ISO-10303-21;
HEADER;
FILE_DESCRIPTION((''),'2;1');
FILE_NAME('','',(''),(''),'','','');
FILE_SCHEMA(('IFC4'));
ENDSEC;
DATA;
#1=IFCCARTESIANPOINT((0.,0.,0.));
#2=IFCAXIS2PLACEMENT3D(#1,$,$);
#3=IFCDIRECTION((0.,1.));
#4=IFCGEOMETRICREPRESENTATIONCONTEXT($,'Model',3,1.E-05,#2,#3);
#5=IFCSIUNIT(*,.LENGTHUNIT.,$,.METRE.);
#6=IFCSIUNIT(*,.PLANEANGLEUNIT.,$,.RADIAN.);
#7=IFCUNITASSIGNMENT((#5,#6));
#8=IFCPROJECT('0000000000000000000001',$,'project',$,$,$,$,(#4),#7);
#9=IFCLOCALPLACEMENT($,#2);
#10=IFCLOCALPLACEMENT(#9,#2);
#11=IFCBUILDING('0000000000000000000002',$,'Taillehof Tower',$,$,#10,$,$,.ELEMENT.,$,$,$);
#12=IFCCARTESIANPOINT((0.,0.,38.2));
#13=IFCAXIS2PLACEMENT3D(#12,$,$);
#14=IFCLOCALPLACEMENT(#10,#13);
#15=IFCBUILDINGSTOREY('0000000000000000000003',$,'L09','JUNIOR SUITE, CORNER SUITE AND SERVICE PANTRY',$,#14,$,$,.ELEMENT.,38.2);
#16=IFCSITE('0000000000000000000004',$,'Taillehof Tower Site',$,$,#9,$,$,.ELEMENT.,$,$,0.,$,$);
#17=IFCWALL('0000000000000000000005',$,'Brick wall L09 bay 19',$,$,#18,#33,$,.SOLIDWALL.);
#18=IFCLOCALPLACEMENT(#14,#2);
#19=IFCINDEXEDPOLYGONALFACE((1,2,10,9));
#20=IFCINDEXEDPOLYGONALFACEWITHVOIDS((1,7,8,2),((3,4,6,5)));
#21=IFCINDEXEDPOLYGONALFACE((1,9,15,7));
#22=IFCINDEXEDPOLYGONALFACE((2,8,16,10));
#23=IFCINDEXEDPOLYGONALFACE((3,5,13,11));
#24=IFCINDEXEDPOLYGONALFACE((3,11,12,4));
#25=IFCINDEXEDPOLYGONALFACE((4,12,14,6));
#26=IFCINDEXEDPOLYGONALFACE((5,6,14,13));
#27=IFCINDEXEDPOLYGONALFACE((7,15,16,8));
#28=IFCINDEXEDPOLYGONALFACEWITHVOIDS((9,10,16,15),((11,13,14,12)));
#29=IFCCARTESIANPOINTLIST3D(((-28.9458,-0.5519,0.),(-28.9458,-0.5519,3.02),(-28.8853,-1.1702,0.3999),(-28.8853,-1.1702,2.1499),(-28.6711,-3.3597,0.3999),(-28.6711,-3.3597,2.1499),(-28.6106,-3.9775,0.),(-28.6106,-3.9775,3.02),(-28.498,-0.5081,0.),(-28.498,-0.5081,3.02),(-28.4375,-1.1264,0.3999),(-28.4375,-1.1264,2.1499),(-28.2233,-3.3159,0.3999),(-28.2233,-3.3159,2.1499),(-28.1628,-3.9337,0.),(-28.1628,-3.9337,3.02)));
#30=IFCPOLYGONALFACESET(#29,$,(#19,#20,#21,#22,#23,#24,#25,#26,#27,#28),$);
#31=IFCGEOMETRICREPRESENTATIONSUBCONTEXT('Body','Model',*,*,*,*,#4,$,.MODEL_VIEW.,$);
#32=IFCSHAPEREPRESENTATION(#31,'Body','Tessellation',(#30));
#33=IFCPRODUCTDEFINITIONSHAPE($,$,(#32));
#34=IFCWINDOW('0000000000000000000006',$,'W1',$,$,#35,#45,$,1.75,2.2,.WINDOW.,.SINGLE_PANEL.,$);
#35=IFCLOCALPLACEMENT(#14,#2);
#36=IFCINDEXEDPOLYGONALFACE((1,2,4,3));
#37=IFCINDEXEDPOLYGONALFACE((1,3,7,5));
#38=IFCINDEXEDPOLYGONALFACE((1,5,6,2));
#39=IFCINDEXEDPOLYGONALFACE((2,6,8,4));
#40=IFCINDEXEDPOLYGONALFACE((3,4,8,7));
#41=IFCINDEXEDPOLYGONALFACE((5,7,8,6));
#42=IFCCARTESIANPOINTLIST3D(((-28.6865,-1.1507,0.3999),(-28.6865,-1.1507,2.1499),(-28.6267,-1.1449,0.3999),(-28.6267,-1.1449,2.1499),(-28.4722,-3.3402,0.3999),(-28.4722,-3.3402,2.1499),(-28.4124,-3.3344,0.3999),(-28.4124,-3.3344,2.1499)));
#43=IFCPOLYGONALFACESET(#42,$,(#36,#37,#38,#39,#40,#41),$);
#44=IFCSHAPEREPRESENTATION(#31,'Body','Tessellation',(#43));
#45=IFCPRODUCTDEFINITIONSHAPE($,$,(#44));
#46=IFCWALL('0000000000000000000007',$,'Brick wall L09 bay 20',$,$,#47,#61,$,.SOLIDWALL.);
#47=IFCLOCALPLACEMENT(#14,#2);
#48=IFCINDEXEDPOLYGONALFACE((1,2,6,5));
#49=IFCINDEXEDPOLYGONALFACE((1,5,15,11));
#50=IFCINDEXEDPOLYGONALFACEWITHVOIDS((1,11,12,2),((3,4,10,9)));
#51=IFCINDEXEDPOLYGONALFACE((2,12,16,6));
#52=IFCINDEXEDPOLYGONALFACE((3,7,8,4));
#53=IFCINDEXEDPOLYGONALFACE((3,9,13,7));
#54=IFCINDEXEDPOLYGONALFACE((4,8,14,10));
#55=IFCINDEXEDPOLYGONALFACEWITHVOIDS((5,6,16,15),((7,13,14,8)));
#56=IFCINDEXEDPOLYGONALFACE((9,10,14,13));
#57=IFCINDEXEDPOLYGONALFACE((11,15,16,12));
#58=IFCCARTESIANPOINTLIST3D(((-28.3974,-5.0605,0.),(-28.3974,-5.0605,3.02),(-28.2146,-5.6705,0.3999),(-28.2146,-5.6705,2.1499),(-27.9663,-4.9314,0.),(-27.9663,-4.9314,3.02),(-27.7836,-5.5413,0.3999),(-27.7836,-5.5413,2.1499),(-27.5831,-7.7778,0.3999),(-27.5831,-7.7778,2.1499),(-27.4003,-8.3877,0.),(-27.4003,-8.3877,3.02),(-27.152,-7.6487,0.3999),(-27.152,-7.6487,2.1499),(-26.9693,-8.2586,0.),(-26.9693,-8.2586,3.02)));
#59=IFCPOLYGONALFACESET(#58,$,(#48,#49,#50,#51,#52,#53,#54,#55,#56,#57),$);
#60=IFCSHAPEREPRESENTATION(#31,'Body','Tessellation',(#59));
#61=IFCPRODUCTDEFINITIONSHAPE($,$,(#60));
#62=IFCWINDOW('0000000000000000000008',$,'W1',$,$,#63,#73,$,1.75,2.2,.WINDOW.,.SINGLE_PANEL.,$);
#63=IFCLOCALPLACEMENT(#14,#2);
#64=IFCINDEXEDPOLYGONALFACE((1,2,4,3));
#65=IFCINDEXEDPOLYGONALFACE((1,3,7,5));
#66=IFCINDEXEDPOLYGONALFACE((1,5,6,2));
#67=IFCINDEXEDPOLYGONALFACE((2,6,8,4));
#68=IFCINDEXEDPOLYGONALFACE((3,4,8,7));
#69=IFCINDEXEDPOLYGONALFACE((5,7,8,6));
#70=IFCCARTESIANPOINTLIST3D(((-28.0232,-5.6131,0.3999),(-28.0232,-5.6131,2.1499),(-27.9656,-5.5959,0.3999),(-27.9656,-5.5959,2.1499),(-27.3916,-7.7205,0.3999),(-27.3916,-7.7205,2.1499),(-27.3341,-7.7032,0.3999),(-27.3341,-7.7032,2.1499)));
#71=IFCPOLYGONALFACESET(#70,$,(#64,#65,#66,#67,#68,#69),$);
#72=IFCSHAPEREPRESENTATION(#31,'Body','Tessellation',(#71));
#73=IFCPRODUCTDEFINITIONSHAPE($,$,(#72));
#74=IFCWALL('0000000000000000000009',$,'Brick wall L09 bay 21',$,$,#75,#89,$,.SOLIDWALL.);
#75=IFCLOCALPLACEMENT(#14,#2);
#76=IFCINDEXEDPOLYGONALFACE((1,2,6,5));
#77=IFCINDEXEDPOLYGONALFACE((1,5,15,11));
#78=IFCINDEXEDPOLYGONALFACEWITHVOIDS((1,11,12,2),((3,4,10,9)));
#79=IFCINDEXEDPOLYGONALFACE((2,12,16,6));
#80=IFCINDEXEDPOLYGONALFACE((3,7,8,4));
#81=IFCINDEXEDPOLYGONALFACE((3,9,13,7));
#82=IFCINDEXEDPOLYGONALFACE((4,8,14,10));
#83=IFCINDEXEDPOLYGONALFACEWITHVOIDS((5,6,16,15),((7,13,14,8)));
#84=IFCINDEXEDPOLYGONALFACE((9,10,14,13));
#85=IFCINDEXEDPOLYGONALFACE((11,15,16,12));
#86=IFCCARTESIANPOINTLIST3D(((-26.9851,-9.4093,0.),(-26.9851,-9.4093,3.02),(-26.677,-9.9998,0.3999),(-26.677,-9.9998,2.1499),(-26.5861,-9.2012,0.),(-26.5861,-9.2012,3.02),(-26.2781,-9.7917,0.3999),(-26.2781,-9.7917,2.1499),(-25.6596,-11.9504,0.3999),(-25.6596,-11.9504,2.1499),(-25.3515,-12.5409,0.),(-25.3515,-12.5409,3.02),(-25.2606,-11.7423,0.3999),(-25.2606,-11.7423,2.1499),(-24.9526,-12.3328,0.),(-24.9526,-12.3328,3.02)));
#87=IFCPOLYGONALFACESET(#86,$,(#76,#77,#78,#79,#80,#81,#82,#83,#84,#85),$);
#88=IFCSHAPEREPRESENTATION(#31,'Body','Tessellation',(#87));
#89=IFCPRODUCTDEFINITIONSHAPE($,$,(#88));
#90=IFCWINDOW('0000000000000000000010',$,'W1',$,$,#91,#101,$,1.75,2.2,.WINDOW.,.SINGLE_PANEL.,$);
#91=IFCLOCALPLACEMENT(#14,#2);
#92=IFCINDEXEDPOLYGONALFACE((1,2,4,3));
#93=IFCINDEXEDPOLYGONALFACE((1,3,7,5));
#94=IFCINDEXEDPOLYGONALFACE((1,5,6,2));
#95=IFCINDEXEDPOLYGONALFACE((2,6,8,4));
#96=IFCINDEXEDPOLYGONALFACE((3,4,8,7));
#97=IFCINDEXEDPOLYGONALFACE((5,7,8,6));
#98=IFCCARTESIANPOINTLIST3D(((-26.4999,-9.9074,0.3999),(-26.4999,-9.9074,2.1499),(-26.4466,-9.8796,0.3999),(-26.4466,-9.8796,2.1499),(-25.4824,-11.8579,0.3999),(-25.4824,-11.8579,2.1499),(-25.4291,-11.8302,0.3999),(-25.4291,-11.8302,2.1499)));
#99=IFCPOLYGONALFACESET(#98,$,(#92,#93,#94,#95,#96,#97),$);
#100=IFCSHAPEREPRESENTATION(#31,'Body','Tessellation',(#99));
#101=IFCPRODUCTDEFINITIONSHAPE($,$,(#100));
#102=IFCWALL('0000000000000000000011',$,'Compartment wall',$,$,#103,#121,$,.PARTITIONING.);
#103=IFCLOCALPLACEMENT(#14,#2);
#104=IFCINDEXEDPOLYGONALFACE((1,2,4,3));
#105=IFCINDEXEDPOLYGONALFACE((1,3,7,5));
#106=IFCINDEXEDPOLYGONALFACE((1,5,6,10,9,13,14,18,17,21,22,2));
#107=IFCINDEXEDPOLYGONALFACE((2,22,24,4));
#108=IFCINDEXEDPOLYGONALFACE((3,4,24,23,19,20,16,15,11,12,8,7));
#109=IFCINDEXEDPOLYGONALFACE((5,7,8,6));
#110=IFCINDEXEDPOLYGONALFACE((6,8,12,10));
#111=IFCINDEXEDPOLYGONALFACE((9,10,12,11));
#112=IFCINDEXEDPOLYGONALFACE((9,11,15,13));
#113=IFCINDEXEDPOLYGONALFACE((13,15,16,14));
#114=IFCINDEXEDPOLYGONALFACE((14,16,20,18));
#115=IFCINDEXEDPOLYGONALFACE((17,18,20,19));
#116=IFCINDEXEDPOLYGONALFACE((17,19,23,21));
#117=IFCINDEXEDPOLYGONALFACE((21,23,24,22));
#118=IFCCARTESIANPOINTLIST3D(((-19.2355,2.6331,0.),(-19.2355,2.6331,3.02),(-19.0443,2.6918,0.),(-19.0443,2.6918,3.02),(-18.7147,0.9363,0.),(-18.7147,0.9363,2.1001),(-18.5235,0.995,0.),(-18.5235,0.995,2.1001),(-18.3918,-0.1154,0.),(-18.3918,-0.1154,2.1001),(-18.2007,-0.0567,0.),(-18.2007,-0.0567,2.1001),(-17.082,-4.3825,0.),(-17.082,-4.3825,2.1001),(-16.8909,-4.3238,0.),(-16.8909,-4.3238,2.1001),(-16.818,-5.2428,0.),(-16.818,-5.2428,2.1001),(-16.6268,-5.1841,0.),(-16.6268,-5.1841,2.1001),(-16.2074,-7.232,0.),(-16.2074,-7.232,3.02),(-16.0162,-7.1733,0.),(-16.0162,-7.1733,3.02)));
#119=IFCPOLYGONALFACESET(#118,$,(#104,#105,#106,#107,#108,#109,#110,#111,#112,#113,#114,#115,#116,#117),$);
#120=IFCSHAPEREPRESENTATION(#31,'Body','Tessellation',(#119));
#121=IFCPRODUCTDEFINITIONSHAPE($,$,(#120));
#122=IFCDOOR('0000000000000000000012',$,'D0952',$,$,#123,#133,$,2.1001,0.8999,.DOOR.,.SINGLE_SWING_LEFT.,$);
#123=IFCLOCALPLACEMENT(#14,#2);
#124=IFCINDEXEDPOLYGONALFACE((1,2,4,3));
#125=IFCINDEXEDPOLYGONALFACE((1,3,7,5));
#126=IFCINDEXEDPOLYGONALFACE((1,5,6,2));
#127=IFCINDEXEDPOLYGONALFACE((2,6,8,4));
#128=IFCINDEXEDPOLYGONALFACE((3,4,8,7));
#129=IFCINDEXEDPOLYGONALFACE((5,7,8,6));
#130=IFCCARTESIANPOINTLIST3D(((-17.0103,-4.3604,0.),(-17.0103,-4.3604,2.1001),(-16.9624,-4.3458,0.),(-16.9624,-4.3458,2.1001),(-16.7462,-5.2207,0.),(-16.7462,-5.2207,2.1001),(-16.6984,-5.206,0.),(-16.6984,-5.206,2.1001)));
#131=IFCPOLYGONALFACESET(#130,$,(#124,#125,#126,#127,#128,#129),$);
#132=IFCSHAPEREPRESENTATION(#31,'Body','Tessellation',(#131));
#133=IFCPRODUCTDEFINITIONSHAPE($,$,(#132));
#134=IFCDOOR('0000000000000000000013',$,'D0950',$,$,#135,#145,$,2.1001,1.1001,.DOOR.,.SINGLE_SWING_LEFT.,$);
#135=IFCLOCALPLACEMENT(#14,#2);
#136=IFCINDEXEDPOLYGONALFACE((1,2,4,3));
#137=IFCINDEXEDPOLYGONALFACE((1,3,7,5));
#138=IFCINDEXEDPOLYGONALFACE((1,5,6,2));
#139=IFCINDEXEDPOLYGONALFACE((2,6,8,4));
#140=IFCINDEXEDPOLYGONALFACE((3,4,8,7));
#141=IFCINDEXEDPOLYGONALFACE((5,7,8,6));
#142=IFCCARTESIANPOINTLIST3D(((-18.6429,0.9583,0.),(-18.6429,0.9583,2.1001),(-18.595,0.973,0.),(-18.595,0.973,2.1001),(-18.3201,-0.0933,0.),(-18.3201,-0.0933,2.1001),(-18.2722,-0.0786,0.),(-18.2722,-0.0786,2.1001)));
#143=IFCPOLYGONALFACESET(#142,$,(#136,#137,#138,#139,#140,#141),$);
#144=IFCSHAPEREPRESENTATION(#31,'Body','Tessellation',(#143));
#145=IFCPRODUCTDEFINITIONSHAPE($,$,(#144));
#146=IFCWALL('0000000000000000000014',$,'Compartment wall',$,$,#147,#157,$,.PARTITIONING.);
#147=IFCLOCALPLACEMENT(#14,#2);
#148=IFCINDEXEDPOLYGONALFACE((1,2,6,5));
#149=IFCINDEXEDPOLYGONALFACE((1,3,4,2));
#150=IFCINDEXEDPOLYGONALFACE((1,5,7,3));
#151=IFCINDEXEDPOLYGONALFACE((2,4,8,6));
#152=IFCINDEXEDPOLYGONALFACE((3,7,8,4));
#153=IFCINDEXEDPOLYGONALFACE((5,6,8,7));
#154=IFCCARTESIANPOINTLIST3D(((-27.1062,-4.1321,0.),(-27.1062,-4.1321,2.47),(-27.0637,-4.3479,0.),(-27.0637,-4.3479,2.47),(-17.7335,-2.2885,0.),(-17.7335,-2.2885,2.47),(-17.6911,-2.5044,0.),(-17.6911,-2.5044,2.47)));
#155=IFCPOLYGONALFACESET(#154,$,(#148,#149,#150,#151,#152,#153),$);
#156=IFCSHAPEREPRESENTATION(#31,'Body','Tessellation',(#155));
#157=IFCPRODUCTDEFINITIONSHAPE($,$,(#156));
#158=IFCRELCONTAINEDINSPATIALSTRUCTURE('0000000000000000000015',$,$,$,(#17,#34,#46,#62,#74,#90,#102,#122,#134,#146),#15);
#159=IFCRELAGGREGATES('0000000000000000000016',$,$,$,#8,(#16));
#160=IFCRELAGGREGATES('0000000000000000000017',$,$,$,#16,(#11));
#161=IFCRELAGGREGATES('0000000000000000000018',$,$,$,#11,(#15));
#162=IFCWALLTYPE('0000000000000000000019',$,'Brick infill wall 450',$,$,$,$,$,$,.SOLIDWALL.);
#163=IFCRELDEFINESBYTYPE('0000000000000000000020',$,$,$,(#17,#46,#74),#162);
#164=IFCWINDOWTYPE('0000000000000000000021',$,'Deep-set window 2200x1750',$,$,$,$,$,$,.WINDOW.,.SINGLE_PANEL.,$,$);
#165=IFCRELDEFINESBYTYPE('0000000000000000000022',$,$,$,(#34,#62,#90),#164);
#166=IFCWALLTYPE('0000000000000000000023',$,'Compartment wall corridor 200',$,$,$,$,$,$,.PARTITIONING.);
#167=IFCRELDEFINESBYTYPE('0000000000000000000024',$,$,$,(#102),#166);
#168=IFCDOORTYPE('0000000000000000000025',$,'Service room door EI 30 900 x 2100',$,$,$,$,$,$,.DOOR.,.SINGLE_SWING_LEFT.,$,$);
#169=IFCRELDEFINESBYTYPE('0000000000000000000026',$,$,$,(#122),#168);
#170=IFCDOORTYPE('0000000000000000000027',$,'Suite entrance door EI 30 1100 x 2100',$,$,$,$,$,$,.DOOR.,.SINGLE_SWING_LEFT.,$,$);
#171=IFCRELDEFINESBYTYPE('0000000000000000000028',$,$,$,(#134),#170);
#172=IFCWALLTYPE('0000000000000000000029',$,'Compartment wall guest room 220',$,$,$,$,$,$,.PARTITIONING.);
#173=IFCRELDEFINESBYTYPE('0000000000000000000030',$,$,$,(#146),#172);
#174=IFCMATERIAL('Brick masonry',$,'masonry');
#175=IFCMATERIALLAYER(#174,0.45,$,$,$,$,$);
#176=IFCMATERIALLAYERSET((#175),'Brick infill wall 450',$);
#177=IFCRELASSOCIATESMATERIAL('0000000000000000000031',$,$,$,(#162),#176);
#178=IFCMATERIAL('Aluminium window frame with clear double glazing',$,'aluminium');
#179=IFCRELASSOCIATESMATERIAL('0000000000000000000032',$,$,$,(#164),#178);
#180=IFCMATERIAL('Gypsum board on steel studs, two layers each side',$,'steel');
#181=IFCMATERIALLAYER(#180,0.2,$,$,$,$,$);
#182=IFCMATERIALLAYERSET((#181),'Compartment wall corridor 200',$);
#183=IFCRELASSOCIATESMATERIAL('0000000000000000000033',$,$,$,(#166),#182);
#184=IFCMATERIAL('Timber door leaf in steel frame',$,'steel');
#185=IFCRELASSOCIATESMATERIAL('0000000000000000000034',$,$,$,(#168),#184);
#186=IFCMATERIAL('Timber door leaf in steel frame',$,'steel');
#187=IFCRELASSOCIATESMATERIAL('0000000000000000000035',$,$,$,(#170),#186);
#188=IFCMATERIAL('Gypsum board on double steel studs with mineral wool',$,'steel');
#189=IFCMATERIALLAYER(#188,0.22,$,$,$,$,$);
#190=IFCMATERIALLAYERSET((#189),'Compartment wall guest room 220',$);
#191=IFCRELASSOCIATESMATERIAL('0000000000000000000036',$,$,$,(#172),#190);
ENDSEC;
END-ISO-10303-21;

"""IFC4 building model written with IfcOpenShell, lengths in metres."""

from ifc_helpers import new_model, si_unit, direction, frame, frame_2d, origin, place, context, subcontext, project, spatial, rectangle, extrude, material, layer, layer_set, type_object, element, fill, save


model = new_model("IFC4")

# Units and contexts
model_context = context("Model", 3, precision=1e-05, world=origin(), true_north=direction((0.0, 1.0)))
body_context = subcontext(model_context, "Body", "Model", "MODEL_VIEW")
ifc_project = project(units=[si_unit("LENGTHUNIT", "METRE"), si_unit("PLANEANGLEUNIT", "RADIAN")], contexts=[model_context])

# Site, building, storey
site_placement = place(None, origin())
site = spatial("IfcSite", under=ifc_project, at=site_placement, Name="Taillehof Tower Site", CompositionType="ELEMENT", RefElevation=0.0)
building_placement = place(site_placement, origin())
building = spatial("IfcBuilding", under=site, at=building_placement, Name="Taillehof Tower", CompositionType="ELEMENT")
storey_placement = place(building_placement, frame((0.0, 0.0, 38.2)))
storey = spatial("IfcBuildingStorey", under=building, at=storey_placement, Name="L09", Description="JUNIOR SUITE, CORNER SUITE AND SERVICE PANTRY", CompositionType="ELEMENT", Elevation=38.2)

# Walls, openings, windows
ifc_material_1 = material(Name="Brick masonry", Category="masonry")
ifc_layer_1 = layer(ifc_material_1, 0.45)
ifc_layer_set_1 = layer_set([ifc_layer_1], Name="Brick infill wall 450")
wall_type_1 = type_object("IfcWallType", Name="Brick infill wall 450", PredefinedType="SOLIDWALL", material=ifc_layer_set_1)
wall_1_placement = place(storey_placement, frame((-28.7219, -0.53, 0.0), z_axis=(0.0, 0.0, 1.0), x_axis=(0.09739, -0.995246, 0.0)))
wall_1 = element("IfcWall", 1, at=wall_1_placement, inside=storey, type_object=wall_type_1, Name="Brick wall L09 bay 19", PredefinedType="SOLIDWALL", context=body_context, shape_type="SweptSolid", body=[
    extrude(rectangle(XDim=3.4419, YDim=0.45, at=frame_2d((1.7209, 0.0))), origin(), (0.0, 0.0, 1.0), 3.02),
])
opening_1_placement = place(wall_1_placement, frame((0.6211, 0.0, 0.3999)))
opening_1 = element("IfcOpeningElement", 2, at=opening_1_placement, cuts=wall_1, PredefinedType="OPENING", context=body_context, shape_type="SweptSolid", body=[
    extrude(rectangle(XDim=2.2, YDim=1.75, at=frame_2d((1.1001, 0.875))), frame((0.0, 0.2349, 0.0), z_axis=(0.0, -1.0, 0.0), x_axis=(1.0, 0.0, 0.0)), (0.0, 0.0, 1.0), 0.47),
])
ifc_material_2 = material(Name="Aluminium window frame with clear double glazing", Category="aluminium")
window_type = type_object("IfcWindowType", Name="Deep-set window 2200x1750", PartitioningType="SINGLE_PANEL", PredefinedType="WINDOW", material=ifc_material_2)
window_1_placement = place(opening_1_placement, origin())
window_1 = element("IfcWindow", 3, at=window_1_placement, inside=storey, type_object=window_type, Name="W1", OverallHeight=1.75, OverallWidth=2.2, PartitioningType="SINGLE_PANEL", PredefinedType="WINDOW", context=body_context, shape_type="SweptSolid", body=[
    extrude(rectangle(XDim=2.2, YDim=1.75, at=frame_2d((1.1001, 0.875))), frame((0.0, 0.0349, 0.0), z_axis=(0.0, -1.0, 0.0), x_axis=(1.0, 0.0, 0.0)), (0.0, 0.0, 1.0), 0.0601),
])
fill(opening_1, window_1)
wall_2_placement = place(storey_placement, frame((-28.1819, -4.9958, 0.0), z_axis=(0.0, 0.0, 1.0), x_axis=(0.287064, -0.957911, 0.0)))
wall_2 = element("IfcWall", 4, at=wall_2_placement, inside=storey, type_object=wall_type_1, Name="Brick wall L09 bay 20", PredefinedType="SOLIDWALL", context=body_context, shape_type="SweptSolid", body=[
    extrude(rectangle(XDim=3.4734, YDim=0.45, at=frame_2d((1.7368, 0.0))), origin(), (0.0, 0.0, 1.0), 3.02),
])
opening_2_placement = place(wall_2_placement, frame((0.6367, 0.0, 0.3999)))
opening_2 = element("IfcOpeningElement", 5, at=opening_2_placement, cuts=wall_2, PredefinedType="OPENING", context=body_context, shape_type="SweptSolid", body=[
    extrude(rectangle(XDim=2.2, YDim=1.75, at=frame_2d((1.1001, 0.875))), frame((0.0, 0.2349, 0.0), z_axis=(0.0, -1.0, 0.0), x_axis=(1.0, 0.0, 0.0)), (0.0, 0.0, 1.0), 0.47),
])
window_2_placement = place(opening_2_placement, origin())
window_2 = element("IfcWindow", 6, at=window_2_placement, inside=storey, type_object=window_type, Name="W1", OverallHeight=1.75, OverallWidth=2.2, PartitioningType="SINGLE_PANEL", PredefinedType="WINDOW", context=body_context, shape_type="SweptSolid", body=[
    extrude(rectangle(XDim=2.2, YDim=1.75, at=frame_2d((1.1001, 0.875))), frame((0.0, 0.0349, 0.0), z_axis=(0.0, -1.0, 0.0), x_axis=(1.0, 0.0, 0.0)), (0.0, 0.0, 1.0), 0.0601),
])
fill(opening_2, window_2)
wall_3_placement = place(storey_placement, frame((-26.7856, -9.3052, 0.0), z_axis=(0.0, 0.0, 1.0), x_axis=(0.462493, -0.886623, 0.0)))
wall_3 = element("IfcWall", 7, at=wall_3_placement, inside=storey, type_object=wall_type_1, Name="Brick wall L09 bay 21", PredefinedType="SOLIDWALL", context=body_context, shape_type="SweptSolid", body=[
    extrude(rectangle(XDim=3.532, YDim=0.45, at=frame_2d((1.7661, 0.0))), origin(), (0.0, 0.0, 1.0), 3.02),
])
opening_3_placement = place(wall_3_placement, frame((0.666, 0.0, 0.3999)))
opening_3 = element("IfcOpeningElement", 8, at=opening_3_placement, cuts=wall_3, PredefinedType="OPENING", context=body_context, shape_type="SweptSolid", body=[
    extrude(rectangle(XDim=2.2, YDim=1.75, at=frame_2d((1.1001, 0.875))), frame((0.0, 0.2349, 0.0), z_axis=(0.0, -1.0, 0.0), x_axis=(1.0, 0.0, 0.0)), (0.0, 0.0, 1.0), 0.47),
])
window_3_placement = place(opening_3_placement, origin())
window_3 = element("IfcWindow", 9, at=window_3_placement, inside=storey, type_object=window_type, Name="W1", OverallHeight=1.75, OverallWidth=2.2, PartitioningType="SINGLE_PANEL", PredefinedType="WINDOW", context=body_context, shape_type="SweptSolid", body=[
    extrude(rectangle(XDim=2.2, YDim=1.75, at=frame_2d((1.1001, 0.875))), frame((0.0, 0.0349, 0.0), z_axis=(0.0, -1.0, 0.0), x_axis=(1.0, 0.0, 0.0)), (0.0, 0.0, 1.0), 0.0601),
])
fill(opening_3, window_3)

# Wall, openings, doors
ifc_material_3 = material(Name="Gypsum board on steel studs, two layers each side", Category="steel")
ifc_layer_2 = layer(ifc_material_3, 0.2)
ifc_layer_set_2 = layer_set([ifc_layer_2], Name="Compartment wall corridor 200")
wall_type_2 = type_object("IfcWallType", Name="Compartment wall corridor 200", PredefinedType="PARTITIONING", material=ifc_layer_set_2)
wall_4_placement = place(storey_placement, frame((-16.1118, -7.2026, 0.0), z_axis=(0.0, 0.0, 1.0), x_axis=(-0.293439, 0.955978, 0.0)))
wall_4 = element("IfcWall", 10, at=wall_4_placement, inside=storey, type_object=wall_type_2, Name="Compartment wall", PredefinedType="PARTITIONING", context=body_context, shape_type="SweptSolid", body=[
    extrude(rectangle(XDim=10.3193, YDim=0.2, at=frame_2d((5.1597, 0.0))), origin(), (0.0, 0.0, 1.0), 3.02),
])
opening_4_placement = place(wall_4_placement, frame((7.4443, 0.0, 0.0)))
opening_4 = element("IfcOpeningElement", 11, at=opening_4_placement, cuts=wall_4, PredefinedType="OPENING", context=body_context, shape_type="SweptSolid", body=[
    extrude(rectangle(XDim=1.1001, YDim=2.1001, at=frame_2d((0.55, 1.05))), frame((0.0, 0.1099, 0.0), z_axis=(0.0, -1.0, 0.0), x_axis=(1.0, 0.0, 0.0)), (0.0, 0.0, 1.0), 0.22),
])
opening_5_placement = place(wall_4_placement, frame((2.0808, 0.0, 0.0)))
opening_5 = element("IfcOpeningElement", 12, at=opening_5_placement, cuts=wall_4, PredefinedType="OPENING", context=body_context, shape_type="SweptSolid", body=[
    extrude(rectangle(XDim=0.8999, YDim=2.1001, at=frame_2d((0.45, 1.05))), frame((0.0, 0.1099, 0.0), z_axis=(0.0, -1.0, 0.0), x_axis=(1.0, 0.0, 0.0)), (0.0, 0.0, 1.0), 0.22),
])
ifc_material_4 = material(Name="Timber door leaf in steel frame", Category="steel")
door_type_1 = type_object("IfcDoorType", Name="Service room door EI 30 900 x 2100", OperationType="SINGLE_SWING_LEFT", PredefinedType="DOOR", material=ifc_material_4)
door_1_placement = place(opening_5_placement, origin())
door_1 = element("IfcDoor", 13, at=door_1_placement, inside=storey, type_object=door_type_1, Name="D0952", OperationType="SINGLE_SWING_LEFT", OverallHeight=2.1001, OverallWidth=0.8999, PredefinedType="DOOR", context=body_context, shape_type="SweptSolid", body=[
    extrude(rectangle(XDim=0.8999, YDim=2.1001, at=frame_2d((0.45, 1.05))), frame((0.0, 0.0249, 0.0), z_axis=(0.0, -1.0, 0.0), x_axis=(1.0, 0.0, 0.0)), (0.0, 0.0, 1.0), 0.05),
])
fill(opening_5, door_1)
ifc_material_5 = material(Name="Timber door leaf in steel frame", Category="steel")
door_type_2 = type_object("IfcDoorType", Name="Suite entrance door EI 30 1100 x 2100", OperationType="SINGLE_SWING_LEFT", PredefinedType="DOOR", material=ifc_material_5)
door_2_placement = place(opening_4_placement, origin())
door_2 = element("IfcDoor", 14, at=door_2_placement, inside=storey, type_object=door_type_2, Name="D0950", OperationType="SINGLE_SWING_LEFT", OverallHeight=2.1001, OverallWidth=1.1001, PredefinedType="DOOR", context=body_context, shape_type="SweptSolid", body=[
    extrude(rectangle(XDim=1.1001, YDim=2.1001, at=frame_2d((0.55, 1.05))), frame((0.0, 0.0249, 0.0), z_axis=(0.0, -1.0, 0.0), x_axis=(1.0, 0.0, 0.0)), (0.0, 0.0, 1.0), 0.05),
])
fill(opening_4, door_2)

# Wall
ifc_material_6 = material(Name="Gypsum board on double steel studs with mineral wool", Category="steel")
ifc_layer_3 = layer(ifc_material_6, 0.22)
ifc_layer_set_3 = layer_set([ifc_layer_3], Name="Compartment wall guest room 220")
wall_type_3 = type_object("IfcWallType", Name="Compartment wall guest room 220", PredefinedType="PARTITIONING", material=ifc_layer_set_3)
wall_5_placement = place(storey_placement, frame((-27.085, -4.24, 0.0), z_axis=(0.0, 0.0, 1.0), x_axis=(0.9812, 0.192994, 0.0)))
element("IfcWall", 15, at=wall_5_placement, inside=storey, type_object=wall_type_3, Name="Compartment wall", PredefinedType="PARTITIONING", context=body_context, shape_type="SweptSolid", body=[
    extrude(rectangle(XDim=9.5522, YDim=0.22, at=frame_2d((4.7761, 0.0))), origin(), (0.0, 0.0, 1.0), 2.47),
])

save(model, "model.ifc")
